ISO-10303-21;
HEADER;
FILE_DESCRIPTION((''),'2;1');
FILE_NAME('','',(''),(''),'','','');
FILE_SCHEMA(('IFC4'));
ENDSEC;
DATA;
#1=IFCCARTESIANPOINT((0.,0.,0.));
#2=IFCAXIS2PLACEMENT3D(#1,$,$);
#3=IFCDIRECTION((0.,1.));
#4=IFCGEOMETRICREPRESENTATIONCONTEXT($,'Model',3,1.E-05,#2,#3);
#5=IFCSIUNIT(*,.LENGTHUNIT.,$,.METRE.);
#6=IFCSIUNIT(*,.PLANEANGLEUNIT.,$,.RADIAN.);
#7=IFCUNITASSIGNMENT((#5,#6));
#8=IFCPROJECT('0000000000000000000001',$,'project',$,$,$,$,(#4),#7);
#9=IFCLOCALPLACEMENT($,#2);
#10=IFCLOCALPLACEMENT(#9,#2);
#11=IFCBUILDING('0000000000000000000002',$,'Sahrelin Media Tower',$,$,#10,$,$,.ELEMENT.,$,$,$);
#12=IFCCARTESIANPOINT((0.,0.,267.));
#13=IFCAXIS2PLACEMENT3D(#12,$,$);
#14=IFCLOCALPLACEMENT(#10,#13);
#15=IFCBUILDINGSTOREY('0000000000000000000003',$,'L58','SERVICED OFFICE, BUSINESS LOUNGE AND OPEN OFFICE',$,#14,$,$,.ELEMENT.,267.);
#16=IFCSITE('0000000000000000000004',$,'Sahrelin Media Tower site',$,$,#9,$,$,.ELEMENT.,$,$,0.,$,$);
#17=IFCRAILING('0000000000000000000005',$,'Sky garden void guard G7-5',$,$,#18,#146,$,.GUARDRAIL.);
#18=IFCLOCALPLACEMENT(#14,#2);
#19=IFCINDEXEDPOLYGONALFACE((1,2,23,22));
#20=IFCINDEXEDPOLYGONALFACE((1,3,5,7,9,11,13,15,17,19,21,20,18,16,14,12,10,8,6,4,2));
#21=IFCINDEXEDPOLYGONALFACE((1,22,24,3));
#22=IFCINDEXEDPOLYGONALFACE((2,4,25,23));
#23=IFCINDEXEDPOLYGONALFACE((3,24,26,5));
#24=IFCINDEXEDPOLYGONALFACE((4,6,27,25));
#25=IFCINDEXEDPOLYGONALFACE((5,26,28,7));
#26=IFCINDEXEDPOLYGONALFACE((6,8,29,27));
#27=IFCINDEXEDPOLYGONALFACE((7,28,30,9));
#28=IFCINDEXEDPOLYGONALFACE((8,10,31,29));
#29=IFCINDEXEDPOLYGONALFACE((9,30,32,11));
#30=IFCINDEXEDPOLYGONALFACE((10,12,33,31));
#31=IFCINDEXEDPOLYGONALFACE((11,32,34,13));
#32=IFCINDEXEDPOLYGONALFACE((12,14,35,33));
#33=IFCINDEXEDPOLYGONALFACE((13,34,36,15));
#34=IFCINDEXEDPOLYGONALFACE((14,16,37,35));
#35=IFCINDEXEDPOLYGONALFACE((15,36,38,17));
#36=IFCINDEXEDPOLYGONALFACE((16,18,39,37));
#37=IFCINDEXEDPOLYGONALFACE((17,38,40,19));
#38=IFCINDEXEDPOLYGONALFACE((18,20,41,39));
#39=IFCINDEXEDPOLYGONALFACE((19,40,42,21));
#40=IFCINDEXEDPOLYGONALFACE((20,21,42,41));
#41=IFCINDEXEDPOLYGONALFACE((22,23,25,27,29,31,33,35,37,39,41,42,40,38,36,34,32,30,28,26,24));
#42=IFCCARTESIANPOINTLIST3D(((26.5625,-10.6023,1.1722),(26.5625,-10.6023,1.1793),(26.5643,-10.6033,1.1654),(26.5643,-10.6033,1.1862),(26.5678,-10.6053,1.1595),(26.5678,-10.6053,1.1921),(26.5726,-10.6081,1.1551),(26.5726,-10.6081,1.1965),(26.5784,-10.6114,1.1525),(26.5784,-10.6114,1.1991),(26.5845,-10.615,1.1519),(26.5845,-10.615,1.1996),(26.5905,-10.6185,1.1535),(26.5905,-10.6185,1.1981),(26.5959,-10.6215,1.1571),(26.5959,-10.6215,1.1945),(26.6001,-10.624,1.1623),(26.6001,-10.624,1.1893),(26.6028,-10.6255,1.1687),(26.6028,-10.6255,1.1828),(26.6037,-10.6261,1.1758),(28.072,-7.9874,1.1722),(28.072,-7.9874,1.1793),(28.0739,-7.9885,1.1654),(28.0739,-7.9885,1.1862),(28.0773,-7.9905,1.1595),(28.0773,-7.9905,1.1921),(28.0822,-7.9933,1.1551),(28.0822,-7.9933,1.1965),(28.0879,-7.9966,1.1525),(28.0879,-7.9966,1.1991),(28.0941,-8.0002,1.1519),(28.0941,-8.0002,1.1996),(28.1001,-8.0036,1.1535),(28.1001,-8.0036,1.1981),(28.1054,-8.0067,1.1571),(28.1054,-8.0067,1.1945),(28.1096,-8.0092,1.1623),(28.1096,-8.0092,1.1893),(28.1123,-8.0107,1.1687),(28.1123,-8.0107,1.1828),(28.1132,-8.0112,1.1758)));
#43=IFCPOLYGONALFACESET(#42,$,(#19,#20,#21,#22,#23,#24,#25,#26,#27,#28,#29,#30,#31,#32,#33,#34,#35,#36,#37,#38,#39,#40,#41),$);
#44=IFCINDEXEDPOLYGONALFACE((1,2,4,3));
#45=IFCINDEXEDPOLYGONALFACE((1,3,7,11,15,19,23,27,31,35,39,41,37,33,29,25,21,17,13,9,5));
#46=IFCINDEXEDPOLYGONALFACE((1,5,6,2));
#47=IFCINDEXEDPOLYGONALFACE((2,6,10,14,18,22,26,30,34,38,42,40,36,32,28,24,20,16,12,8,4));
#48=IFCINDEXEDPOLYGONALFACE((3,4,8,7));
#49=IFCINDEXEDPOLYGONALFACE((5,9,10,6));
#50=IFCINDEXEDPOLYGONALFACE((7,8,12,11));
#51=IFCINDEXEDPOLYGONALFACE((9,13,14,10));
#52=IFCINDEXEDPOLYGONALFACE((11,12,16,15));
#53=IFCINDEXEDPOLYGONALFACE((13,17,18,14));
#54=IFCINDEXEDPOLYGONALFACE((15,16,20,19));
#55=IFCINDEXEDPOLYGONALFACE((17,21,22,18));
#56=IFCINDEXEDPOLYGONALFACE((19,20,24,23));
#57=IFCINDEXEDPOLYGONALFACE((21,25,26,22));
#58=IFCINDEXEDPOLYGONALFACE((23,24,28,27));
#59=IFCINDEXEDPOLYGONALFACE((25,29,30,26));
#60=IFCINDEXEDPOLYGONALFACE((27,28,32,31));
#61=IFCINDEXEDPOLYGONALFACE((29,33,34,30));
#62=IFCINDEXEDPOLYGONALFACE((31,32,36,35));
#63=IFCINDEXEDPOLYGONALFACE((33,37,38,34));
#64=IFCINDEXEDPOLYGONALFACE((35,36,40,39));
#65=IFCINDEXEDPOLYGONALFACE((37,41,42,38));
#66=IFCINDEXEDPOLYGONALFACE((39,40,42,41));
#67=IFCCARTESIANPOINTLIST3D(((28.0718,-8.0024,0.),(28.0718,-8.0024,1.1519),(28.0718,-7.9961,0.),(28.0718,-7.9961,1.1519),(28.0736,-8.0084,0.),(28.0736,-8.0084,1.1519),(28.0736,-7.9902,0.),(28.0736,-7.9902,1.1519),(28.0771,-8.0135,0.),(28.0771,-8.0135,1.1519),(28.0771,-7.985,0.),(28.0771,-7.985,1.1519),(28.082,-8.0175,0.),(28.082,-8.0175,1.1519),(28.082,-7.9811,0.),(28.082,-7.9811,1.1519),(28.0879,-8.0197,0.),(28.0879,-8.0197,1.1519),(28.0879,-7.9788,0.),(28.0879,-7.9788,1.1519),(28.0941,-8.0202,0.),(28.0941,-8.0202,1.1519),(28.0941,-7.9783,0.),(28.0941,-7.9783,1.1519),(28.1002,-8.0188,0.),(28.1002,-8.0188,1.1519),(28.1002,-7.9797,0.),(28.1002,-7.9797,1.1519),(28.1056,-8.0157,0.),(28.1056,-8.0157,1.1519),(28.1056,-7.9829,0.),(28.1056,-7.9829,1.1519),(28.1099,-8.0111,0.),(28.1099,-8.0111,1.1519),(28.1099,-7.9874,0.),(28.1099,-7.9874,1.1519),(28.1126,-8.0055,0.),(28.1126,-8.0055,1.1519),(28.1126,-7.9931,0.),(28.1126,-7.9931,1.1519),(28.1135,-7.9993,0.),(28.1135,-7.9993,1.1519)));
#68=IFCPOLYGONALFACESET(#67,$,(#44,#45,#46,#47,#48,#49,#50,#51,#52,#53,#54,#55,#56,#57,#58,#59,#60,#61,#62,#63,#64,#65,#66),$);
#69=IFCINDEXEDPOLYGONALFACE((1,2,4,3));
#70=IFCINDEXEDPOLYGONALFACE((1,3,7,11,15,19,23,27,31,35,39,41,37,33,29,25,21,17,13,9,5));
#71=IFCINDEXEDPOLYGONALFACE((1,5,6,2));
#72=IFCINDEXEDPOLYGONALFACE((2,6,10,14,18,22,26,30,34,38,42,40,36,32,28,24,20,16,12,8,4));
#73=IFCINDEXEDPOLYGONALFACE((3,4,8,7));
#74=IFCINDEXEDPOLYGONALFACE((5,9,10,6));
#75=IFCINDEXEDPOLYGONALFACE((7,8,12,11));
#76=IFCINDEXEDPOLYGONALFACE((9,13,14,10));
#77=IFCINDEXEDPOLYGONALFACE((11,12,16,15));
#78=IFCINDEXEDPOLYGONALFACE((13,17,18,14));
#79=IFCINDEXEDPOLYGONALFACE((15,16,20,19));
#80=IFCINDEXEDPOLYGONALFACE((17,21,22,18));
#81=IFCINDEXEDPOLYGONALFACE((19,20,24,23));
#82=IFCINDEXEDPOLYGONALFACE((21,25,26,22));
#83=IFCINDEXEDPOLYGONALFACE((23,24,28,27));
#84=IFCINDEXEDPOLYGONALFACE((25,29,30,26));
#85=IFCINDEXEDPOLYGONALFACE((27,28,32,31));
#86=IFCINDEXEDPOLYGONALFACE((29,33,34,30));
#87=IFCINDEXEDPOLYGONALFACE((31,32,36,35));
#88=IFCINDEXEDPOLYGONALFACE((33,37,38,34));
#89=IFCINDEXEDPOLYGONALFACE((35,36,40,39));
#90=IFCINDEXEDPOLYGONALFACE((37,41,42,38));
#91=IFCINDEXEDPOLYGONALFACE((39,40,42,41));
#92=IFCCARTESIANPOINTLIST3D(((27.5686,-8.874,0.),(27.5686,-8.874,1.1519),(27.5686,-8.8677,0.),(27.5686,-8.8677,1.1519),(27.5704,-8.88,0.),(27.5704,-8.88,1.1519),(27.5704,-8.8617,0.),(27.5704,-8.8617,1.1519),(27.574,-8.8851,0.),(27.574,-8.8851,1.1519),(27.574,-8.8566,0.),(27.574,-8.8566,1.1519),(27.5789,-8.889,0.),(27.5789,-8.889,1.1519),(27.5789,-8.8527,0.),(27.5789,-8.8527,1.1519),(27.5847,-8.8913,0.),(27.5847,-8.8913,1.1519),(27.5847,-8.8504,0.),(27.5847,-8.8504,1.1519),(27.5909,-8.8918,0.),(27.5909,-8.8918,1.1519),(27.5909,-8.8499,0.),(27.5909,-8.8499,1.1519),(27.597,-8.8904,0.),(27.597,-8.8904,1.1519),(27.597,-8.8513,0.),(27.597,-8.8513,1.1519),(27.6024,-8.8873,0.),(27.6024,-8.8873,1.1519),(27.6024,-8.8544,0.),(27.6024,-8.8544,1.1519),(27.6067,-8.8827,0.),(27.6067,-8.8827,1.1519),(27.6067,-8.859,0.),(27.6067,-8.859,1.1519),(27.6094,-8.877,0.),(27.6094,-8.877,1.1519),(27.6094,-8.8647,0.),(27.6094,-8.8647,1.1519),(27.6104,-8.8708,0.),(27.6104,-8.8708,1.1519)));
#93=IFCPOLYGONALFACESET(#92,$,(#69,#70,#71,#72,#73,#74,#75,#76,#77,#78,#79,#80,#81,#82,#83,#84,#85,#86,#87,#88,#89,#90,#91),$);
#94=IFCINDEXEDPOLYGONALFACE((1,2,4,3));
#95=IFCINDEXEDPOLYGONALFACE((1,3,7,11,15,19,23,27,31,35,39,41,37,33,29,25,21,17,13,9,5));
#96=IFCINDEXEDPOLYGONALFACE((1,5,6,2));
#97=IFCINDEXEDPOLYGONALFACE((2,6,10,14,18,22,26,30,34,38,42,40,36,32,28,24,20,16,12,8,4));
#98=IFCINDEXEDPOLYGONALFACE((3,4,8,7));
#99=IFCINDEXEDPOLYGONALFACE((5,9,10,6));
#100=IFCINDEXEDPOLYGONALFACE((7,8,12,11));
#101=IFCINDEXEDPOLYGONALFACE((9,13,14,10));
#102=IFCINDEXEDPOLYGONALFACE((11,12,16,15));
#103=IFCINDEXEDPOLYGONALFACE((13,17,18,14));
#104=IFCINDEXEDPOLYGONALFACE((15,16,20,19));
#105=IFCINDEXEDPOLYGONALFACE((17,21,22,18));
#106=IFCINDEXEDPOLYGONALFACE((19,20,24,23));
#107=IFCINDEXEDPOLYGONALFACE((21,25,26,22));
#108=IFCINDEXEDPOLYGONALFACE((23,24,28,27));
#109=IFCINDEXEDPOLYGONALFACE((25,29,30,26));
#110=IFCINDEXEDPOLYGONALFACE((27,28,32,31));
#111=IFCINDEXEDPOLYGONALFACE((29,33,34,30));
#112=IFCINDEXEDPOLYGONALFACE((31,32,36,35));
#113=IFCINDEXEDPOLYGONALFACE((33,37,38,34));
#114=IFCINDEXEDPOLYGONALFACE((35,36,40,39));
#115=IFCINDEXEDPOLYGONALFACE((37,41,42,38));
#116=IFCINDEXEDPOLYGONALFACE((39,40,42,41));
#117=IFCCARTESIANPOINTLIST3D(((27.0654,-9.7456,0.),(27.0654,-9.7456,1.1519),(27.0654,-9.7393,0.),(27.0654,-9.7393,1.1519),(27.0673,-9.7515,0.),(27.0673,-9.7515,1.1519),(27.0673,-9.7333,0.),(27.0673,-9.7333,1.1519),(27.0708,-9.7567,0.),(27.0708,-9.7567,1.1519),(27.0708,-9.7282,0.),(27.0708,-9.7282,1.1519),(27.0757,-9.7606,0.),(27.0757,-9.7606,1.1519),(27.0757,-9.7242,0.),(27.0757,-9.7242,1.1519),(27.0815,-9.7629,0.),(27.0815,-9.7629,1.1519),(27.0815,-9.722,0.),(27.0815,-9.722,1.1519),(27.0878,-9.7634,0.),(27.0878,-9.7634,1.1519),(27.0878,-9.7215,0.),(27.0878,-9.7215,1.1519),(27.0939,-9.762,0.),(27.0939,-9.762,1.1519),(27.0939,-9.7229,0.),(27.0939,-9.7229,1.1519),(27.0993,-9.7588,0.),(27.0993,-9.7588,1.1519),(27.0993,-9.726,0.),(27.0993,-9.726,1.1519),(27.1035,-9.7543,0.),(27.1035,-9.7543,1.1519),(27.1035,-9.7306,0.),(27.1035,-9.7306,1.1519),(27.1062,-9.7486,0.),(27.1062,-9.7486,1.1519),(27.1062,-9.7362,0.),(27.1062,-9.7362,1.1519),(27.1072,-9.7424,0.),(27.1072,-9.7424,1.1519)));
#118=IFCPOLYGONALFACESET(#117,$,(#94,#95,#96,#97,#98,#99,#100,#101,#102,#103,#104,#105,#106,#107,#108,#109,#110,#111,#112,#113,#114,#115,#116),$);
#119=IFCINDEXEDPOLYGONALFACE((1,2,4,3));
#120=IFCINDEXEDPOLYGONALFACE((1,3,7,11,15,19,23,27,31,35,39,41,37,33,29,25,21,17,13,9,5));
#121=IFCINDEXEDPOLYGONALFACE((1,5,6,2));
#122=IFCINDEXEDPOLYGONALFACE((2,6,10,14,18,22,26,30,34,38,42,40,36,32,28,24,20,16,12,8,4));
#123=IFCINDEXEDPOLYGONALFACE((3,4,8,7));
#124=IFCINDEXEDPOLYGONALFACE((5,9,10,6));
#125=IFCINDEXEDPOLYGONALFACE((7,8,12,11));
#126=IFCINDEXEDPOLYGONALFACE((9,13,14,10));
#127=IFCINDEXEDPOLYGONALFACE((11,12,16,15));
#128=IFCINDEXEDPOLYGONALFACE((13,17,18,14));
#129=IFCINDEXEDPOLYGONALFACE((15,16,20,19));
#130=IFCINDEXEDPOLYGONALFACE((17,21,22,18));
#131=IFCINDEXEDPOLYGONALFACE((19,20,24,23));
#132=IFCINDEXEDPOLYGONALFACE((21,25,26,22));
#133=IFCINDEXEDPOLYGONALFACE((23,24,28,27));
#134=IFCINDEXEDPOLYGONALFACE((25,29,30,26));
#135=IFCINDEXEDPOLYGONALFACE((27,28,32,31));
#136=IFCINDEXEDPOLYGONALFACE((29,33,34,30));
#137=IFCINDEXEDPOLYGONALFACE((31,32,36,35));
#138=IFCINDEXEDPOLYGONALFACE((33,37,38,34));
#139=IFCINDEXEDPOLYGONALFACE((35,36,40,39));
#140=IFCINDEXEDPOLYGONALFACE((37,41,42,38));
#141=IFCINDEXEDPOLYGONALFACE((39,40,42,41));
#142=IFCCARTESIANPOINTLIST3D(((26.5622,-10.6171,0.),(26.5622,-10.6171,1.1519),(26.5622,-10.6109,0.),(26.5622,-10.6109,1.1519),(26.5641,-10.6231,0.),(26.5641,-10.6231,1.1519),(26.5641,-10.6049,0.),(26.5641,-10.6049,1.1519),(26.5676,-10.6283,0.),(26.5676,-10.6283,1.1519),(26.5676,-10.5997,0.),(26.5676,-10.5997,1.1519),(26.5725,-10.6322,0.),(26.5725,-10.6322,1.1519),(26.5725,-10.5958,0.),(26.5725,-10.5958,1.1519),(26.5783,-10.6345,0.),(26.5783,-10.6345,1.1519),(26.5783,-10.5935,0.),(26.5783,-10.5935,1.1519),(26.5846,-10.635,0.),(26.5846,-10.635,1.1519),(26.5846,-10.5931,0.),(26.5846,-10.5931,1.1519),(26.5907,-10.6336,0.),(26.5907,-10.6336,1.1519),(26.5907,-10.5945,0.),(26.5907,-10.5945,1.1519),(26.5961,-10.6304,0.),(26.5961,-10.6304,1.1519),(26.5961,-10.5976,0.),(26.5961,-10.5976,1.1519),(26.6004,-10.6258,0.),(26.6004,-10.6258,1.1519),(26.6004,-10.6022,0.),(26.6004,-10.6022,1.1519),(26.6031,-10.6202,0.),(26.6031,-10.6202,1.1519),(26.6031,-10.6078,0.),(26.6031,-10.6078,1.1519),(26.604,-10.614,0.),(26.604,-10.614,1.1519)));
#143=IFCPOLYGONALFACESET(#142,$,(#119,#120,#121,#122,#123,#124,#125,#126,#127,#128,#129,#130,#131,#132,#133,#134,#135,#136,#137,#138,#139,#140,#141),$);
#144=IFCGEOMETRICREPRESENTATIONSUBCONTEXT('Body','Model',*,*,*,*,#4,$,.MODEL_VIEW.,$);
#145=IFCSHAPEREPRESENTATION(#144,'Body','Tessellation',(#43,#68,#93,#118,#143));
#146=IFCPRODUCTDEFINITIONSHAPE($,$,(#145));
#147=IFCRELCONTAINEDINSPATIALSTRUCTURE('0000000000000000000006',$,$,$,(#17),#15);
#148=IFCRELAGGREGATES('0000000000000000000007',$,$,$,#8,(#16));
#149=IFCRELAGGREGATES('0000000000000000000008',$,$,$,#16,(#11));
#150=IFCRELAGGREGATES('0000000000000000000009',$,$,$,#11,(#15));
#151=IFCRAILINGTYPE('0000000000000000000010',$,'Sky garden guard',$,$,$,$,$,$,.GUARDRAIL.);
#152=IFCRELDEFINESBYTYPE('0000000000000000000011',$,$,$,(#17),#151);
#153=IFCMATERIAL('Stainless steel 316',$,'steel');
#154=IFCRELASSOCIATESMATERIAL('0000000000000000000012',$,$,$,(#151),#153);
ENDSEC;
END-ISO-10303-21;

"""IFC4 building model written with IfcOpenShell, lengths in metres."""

from ifc_helpers import new_model, si_unit, direction, frame, origin, origin_2d, place, context, subcontext, project, spatial, circle, extrude, material, type_object, element, save


model = new_model("IFC4")

# Units and contexts
model_context = context("Model", 3, precision=1e-05, world=origin(), true_north=direction((0.0, 1.0)))
body_context = subcontext(model_context, "Body", "Model", "MODEL_VIEW")
ifc_project = project(units=[si_unit("LENGTHUNIT", "METRE"), si_unit("PLANEANGLEUNIT", "RADIAN")], contexts=[model_context])

# Site, building, storey
site_placement = place(None, origin())
site = spatial("IfcSite", under=ifc_project, at=site_placement, Name="Sahrelin Media Tower site", CompositionType="ELEMENT", RefElevation=0.0)
building_placement = place(site_placement, origin())
building = spatial("IfcBuilding", under=site, at=building_placement, Name="Sahrelin Media Tower", CompositionType="ELEMENT")
storey_placement = place(building_placement, frame((0.0, 0.0, 267.0)))
storey = spatial("IfcBuildingStorey", under=building, at=storey_placement, Name="L58", Description="SERVICED OFFICE, BUSINESS LOUNGE AND OPEN OFFICE", CompositionType="ELEMENT", Elevation=267.0)

# Railing
ifc_material_1 = material(Name="Stainless steel 316", Category="steel")
railing_type = type_object("IfcRailingType", Name="Sky garden guard", PredefinedType="GUARDRAIL", material=ifc_material_1)
railing_1_placement = place(storey_placement, frame((28.0925, -7.9993, 0.0)))
element("IfcRailing", 1, at=railing_1_placement, inside=storey, type_object=railing_type, Name="Sky garden void guard G7-5", PredefinedType="GUARDRAIL", context=body_context, shape_type="SweptSolid", body=[
    extrude(circle(Radius=0.0239, at=origin_2d()), frame((0.0, 0.0, 1.1758), z_axis=(-0.499974, -0.86604, 0.0), x_axis=(0.86604, -0.499974, 0.0)), (0.0, 0.0, 1.0), 3.0193),
    extrude(circle(Radius=0.021, at=origin_2d()), origin(), (0.0, 0.0, 1.0), 1.1519),
    extrude(circle(Radius=0.021, at=origin_2d()), frame((-0.5032, -0.8716, 0.0)), (0.0, 0.0, 1.0), 1.1519),
    extrude(circle(Radius=0.021, at=origin_2d()), frame((-1.0063, -1.7432, 0.0)), (0.0, 0.0, 1.0), 1.1519),
    extrude(circle(Radius=0.021, at=origin_2d()), frame((-1.5095, -2.6147, 0.0)), (0.0, 0.0, 1.0), 1.1519),
])

save(model, "model.ifc")
